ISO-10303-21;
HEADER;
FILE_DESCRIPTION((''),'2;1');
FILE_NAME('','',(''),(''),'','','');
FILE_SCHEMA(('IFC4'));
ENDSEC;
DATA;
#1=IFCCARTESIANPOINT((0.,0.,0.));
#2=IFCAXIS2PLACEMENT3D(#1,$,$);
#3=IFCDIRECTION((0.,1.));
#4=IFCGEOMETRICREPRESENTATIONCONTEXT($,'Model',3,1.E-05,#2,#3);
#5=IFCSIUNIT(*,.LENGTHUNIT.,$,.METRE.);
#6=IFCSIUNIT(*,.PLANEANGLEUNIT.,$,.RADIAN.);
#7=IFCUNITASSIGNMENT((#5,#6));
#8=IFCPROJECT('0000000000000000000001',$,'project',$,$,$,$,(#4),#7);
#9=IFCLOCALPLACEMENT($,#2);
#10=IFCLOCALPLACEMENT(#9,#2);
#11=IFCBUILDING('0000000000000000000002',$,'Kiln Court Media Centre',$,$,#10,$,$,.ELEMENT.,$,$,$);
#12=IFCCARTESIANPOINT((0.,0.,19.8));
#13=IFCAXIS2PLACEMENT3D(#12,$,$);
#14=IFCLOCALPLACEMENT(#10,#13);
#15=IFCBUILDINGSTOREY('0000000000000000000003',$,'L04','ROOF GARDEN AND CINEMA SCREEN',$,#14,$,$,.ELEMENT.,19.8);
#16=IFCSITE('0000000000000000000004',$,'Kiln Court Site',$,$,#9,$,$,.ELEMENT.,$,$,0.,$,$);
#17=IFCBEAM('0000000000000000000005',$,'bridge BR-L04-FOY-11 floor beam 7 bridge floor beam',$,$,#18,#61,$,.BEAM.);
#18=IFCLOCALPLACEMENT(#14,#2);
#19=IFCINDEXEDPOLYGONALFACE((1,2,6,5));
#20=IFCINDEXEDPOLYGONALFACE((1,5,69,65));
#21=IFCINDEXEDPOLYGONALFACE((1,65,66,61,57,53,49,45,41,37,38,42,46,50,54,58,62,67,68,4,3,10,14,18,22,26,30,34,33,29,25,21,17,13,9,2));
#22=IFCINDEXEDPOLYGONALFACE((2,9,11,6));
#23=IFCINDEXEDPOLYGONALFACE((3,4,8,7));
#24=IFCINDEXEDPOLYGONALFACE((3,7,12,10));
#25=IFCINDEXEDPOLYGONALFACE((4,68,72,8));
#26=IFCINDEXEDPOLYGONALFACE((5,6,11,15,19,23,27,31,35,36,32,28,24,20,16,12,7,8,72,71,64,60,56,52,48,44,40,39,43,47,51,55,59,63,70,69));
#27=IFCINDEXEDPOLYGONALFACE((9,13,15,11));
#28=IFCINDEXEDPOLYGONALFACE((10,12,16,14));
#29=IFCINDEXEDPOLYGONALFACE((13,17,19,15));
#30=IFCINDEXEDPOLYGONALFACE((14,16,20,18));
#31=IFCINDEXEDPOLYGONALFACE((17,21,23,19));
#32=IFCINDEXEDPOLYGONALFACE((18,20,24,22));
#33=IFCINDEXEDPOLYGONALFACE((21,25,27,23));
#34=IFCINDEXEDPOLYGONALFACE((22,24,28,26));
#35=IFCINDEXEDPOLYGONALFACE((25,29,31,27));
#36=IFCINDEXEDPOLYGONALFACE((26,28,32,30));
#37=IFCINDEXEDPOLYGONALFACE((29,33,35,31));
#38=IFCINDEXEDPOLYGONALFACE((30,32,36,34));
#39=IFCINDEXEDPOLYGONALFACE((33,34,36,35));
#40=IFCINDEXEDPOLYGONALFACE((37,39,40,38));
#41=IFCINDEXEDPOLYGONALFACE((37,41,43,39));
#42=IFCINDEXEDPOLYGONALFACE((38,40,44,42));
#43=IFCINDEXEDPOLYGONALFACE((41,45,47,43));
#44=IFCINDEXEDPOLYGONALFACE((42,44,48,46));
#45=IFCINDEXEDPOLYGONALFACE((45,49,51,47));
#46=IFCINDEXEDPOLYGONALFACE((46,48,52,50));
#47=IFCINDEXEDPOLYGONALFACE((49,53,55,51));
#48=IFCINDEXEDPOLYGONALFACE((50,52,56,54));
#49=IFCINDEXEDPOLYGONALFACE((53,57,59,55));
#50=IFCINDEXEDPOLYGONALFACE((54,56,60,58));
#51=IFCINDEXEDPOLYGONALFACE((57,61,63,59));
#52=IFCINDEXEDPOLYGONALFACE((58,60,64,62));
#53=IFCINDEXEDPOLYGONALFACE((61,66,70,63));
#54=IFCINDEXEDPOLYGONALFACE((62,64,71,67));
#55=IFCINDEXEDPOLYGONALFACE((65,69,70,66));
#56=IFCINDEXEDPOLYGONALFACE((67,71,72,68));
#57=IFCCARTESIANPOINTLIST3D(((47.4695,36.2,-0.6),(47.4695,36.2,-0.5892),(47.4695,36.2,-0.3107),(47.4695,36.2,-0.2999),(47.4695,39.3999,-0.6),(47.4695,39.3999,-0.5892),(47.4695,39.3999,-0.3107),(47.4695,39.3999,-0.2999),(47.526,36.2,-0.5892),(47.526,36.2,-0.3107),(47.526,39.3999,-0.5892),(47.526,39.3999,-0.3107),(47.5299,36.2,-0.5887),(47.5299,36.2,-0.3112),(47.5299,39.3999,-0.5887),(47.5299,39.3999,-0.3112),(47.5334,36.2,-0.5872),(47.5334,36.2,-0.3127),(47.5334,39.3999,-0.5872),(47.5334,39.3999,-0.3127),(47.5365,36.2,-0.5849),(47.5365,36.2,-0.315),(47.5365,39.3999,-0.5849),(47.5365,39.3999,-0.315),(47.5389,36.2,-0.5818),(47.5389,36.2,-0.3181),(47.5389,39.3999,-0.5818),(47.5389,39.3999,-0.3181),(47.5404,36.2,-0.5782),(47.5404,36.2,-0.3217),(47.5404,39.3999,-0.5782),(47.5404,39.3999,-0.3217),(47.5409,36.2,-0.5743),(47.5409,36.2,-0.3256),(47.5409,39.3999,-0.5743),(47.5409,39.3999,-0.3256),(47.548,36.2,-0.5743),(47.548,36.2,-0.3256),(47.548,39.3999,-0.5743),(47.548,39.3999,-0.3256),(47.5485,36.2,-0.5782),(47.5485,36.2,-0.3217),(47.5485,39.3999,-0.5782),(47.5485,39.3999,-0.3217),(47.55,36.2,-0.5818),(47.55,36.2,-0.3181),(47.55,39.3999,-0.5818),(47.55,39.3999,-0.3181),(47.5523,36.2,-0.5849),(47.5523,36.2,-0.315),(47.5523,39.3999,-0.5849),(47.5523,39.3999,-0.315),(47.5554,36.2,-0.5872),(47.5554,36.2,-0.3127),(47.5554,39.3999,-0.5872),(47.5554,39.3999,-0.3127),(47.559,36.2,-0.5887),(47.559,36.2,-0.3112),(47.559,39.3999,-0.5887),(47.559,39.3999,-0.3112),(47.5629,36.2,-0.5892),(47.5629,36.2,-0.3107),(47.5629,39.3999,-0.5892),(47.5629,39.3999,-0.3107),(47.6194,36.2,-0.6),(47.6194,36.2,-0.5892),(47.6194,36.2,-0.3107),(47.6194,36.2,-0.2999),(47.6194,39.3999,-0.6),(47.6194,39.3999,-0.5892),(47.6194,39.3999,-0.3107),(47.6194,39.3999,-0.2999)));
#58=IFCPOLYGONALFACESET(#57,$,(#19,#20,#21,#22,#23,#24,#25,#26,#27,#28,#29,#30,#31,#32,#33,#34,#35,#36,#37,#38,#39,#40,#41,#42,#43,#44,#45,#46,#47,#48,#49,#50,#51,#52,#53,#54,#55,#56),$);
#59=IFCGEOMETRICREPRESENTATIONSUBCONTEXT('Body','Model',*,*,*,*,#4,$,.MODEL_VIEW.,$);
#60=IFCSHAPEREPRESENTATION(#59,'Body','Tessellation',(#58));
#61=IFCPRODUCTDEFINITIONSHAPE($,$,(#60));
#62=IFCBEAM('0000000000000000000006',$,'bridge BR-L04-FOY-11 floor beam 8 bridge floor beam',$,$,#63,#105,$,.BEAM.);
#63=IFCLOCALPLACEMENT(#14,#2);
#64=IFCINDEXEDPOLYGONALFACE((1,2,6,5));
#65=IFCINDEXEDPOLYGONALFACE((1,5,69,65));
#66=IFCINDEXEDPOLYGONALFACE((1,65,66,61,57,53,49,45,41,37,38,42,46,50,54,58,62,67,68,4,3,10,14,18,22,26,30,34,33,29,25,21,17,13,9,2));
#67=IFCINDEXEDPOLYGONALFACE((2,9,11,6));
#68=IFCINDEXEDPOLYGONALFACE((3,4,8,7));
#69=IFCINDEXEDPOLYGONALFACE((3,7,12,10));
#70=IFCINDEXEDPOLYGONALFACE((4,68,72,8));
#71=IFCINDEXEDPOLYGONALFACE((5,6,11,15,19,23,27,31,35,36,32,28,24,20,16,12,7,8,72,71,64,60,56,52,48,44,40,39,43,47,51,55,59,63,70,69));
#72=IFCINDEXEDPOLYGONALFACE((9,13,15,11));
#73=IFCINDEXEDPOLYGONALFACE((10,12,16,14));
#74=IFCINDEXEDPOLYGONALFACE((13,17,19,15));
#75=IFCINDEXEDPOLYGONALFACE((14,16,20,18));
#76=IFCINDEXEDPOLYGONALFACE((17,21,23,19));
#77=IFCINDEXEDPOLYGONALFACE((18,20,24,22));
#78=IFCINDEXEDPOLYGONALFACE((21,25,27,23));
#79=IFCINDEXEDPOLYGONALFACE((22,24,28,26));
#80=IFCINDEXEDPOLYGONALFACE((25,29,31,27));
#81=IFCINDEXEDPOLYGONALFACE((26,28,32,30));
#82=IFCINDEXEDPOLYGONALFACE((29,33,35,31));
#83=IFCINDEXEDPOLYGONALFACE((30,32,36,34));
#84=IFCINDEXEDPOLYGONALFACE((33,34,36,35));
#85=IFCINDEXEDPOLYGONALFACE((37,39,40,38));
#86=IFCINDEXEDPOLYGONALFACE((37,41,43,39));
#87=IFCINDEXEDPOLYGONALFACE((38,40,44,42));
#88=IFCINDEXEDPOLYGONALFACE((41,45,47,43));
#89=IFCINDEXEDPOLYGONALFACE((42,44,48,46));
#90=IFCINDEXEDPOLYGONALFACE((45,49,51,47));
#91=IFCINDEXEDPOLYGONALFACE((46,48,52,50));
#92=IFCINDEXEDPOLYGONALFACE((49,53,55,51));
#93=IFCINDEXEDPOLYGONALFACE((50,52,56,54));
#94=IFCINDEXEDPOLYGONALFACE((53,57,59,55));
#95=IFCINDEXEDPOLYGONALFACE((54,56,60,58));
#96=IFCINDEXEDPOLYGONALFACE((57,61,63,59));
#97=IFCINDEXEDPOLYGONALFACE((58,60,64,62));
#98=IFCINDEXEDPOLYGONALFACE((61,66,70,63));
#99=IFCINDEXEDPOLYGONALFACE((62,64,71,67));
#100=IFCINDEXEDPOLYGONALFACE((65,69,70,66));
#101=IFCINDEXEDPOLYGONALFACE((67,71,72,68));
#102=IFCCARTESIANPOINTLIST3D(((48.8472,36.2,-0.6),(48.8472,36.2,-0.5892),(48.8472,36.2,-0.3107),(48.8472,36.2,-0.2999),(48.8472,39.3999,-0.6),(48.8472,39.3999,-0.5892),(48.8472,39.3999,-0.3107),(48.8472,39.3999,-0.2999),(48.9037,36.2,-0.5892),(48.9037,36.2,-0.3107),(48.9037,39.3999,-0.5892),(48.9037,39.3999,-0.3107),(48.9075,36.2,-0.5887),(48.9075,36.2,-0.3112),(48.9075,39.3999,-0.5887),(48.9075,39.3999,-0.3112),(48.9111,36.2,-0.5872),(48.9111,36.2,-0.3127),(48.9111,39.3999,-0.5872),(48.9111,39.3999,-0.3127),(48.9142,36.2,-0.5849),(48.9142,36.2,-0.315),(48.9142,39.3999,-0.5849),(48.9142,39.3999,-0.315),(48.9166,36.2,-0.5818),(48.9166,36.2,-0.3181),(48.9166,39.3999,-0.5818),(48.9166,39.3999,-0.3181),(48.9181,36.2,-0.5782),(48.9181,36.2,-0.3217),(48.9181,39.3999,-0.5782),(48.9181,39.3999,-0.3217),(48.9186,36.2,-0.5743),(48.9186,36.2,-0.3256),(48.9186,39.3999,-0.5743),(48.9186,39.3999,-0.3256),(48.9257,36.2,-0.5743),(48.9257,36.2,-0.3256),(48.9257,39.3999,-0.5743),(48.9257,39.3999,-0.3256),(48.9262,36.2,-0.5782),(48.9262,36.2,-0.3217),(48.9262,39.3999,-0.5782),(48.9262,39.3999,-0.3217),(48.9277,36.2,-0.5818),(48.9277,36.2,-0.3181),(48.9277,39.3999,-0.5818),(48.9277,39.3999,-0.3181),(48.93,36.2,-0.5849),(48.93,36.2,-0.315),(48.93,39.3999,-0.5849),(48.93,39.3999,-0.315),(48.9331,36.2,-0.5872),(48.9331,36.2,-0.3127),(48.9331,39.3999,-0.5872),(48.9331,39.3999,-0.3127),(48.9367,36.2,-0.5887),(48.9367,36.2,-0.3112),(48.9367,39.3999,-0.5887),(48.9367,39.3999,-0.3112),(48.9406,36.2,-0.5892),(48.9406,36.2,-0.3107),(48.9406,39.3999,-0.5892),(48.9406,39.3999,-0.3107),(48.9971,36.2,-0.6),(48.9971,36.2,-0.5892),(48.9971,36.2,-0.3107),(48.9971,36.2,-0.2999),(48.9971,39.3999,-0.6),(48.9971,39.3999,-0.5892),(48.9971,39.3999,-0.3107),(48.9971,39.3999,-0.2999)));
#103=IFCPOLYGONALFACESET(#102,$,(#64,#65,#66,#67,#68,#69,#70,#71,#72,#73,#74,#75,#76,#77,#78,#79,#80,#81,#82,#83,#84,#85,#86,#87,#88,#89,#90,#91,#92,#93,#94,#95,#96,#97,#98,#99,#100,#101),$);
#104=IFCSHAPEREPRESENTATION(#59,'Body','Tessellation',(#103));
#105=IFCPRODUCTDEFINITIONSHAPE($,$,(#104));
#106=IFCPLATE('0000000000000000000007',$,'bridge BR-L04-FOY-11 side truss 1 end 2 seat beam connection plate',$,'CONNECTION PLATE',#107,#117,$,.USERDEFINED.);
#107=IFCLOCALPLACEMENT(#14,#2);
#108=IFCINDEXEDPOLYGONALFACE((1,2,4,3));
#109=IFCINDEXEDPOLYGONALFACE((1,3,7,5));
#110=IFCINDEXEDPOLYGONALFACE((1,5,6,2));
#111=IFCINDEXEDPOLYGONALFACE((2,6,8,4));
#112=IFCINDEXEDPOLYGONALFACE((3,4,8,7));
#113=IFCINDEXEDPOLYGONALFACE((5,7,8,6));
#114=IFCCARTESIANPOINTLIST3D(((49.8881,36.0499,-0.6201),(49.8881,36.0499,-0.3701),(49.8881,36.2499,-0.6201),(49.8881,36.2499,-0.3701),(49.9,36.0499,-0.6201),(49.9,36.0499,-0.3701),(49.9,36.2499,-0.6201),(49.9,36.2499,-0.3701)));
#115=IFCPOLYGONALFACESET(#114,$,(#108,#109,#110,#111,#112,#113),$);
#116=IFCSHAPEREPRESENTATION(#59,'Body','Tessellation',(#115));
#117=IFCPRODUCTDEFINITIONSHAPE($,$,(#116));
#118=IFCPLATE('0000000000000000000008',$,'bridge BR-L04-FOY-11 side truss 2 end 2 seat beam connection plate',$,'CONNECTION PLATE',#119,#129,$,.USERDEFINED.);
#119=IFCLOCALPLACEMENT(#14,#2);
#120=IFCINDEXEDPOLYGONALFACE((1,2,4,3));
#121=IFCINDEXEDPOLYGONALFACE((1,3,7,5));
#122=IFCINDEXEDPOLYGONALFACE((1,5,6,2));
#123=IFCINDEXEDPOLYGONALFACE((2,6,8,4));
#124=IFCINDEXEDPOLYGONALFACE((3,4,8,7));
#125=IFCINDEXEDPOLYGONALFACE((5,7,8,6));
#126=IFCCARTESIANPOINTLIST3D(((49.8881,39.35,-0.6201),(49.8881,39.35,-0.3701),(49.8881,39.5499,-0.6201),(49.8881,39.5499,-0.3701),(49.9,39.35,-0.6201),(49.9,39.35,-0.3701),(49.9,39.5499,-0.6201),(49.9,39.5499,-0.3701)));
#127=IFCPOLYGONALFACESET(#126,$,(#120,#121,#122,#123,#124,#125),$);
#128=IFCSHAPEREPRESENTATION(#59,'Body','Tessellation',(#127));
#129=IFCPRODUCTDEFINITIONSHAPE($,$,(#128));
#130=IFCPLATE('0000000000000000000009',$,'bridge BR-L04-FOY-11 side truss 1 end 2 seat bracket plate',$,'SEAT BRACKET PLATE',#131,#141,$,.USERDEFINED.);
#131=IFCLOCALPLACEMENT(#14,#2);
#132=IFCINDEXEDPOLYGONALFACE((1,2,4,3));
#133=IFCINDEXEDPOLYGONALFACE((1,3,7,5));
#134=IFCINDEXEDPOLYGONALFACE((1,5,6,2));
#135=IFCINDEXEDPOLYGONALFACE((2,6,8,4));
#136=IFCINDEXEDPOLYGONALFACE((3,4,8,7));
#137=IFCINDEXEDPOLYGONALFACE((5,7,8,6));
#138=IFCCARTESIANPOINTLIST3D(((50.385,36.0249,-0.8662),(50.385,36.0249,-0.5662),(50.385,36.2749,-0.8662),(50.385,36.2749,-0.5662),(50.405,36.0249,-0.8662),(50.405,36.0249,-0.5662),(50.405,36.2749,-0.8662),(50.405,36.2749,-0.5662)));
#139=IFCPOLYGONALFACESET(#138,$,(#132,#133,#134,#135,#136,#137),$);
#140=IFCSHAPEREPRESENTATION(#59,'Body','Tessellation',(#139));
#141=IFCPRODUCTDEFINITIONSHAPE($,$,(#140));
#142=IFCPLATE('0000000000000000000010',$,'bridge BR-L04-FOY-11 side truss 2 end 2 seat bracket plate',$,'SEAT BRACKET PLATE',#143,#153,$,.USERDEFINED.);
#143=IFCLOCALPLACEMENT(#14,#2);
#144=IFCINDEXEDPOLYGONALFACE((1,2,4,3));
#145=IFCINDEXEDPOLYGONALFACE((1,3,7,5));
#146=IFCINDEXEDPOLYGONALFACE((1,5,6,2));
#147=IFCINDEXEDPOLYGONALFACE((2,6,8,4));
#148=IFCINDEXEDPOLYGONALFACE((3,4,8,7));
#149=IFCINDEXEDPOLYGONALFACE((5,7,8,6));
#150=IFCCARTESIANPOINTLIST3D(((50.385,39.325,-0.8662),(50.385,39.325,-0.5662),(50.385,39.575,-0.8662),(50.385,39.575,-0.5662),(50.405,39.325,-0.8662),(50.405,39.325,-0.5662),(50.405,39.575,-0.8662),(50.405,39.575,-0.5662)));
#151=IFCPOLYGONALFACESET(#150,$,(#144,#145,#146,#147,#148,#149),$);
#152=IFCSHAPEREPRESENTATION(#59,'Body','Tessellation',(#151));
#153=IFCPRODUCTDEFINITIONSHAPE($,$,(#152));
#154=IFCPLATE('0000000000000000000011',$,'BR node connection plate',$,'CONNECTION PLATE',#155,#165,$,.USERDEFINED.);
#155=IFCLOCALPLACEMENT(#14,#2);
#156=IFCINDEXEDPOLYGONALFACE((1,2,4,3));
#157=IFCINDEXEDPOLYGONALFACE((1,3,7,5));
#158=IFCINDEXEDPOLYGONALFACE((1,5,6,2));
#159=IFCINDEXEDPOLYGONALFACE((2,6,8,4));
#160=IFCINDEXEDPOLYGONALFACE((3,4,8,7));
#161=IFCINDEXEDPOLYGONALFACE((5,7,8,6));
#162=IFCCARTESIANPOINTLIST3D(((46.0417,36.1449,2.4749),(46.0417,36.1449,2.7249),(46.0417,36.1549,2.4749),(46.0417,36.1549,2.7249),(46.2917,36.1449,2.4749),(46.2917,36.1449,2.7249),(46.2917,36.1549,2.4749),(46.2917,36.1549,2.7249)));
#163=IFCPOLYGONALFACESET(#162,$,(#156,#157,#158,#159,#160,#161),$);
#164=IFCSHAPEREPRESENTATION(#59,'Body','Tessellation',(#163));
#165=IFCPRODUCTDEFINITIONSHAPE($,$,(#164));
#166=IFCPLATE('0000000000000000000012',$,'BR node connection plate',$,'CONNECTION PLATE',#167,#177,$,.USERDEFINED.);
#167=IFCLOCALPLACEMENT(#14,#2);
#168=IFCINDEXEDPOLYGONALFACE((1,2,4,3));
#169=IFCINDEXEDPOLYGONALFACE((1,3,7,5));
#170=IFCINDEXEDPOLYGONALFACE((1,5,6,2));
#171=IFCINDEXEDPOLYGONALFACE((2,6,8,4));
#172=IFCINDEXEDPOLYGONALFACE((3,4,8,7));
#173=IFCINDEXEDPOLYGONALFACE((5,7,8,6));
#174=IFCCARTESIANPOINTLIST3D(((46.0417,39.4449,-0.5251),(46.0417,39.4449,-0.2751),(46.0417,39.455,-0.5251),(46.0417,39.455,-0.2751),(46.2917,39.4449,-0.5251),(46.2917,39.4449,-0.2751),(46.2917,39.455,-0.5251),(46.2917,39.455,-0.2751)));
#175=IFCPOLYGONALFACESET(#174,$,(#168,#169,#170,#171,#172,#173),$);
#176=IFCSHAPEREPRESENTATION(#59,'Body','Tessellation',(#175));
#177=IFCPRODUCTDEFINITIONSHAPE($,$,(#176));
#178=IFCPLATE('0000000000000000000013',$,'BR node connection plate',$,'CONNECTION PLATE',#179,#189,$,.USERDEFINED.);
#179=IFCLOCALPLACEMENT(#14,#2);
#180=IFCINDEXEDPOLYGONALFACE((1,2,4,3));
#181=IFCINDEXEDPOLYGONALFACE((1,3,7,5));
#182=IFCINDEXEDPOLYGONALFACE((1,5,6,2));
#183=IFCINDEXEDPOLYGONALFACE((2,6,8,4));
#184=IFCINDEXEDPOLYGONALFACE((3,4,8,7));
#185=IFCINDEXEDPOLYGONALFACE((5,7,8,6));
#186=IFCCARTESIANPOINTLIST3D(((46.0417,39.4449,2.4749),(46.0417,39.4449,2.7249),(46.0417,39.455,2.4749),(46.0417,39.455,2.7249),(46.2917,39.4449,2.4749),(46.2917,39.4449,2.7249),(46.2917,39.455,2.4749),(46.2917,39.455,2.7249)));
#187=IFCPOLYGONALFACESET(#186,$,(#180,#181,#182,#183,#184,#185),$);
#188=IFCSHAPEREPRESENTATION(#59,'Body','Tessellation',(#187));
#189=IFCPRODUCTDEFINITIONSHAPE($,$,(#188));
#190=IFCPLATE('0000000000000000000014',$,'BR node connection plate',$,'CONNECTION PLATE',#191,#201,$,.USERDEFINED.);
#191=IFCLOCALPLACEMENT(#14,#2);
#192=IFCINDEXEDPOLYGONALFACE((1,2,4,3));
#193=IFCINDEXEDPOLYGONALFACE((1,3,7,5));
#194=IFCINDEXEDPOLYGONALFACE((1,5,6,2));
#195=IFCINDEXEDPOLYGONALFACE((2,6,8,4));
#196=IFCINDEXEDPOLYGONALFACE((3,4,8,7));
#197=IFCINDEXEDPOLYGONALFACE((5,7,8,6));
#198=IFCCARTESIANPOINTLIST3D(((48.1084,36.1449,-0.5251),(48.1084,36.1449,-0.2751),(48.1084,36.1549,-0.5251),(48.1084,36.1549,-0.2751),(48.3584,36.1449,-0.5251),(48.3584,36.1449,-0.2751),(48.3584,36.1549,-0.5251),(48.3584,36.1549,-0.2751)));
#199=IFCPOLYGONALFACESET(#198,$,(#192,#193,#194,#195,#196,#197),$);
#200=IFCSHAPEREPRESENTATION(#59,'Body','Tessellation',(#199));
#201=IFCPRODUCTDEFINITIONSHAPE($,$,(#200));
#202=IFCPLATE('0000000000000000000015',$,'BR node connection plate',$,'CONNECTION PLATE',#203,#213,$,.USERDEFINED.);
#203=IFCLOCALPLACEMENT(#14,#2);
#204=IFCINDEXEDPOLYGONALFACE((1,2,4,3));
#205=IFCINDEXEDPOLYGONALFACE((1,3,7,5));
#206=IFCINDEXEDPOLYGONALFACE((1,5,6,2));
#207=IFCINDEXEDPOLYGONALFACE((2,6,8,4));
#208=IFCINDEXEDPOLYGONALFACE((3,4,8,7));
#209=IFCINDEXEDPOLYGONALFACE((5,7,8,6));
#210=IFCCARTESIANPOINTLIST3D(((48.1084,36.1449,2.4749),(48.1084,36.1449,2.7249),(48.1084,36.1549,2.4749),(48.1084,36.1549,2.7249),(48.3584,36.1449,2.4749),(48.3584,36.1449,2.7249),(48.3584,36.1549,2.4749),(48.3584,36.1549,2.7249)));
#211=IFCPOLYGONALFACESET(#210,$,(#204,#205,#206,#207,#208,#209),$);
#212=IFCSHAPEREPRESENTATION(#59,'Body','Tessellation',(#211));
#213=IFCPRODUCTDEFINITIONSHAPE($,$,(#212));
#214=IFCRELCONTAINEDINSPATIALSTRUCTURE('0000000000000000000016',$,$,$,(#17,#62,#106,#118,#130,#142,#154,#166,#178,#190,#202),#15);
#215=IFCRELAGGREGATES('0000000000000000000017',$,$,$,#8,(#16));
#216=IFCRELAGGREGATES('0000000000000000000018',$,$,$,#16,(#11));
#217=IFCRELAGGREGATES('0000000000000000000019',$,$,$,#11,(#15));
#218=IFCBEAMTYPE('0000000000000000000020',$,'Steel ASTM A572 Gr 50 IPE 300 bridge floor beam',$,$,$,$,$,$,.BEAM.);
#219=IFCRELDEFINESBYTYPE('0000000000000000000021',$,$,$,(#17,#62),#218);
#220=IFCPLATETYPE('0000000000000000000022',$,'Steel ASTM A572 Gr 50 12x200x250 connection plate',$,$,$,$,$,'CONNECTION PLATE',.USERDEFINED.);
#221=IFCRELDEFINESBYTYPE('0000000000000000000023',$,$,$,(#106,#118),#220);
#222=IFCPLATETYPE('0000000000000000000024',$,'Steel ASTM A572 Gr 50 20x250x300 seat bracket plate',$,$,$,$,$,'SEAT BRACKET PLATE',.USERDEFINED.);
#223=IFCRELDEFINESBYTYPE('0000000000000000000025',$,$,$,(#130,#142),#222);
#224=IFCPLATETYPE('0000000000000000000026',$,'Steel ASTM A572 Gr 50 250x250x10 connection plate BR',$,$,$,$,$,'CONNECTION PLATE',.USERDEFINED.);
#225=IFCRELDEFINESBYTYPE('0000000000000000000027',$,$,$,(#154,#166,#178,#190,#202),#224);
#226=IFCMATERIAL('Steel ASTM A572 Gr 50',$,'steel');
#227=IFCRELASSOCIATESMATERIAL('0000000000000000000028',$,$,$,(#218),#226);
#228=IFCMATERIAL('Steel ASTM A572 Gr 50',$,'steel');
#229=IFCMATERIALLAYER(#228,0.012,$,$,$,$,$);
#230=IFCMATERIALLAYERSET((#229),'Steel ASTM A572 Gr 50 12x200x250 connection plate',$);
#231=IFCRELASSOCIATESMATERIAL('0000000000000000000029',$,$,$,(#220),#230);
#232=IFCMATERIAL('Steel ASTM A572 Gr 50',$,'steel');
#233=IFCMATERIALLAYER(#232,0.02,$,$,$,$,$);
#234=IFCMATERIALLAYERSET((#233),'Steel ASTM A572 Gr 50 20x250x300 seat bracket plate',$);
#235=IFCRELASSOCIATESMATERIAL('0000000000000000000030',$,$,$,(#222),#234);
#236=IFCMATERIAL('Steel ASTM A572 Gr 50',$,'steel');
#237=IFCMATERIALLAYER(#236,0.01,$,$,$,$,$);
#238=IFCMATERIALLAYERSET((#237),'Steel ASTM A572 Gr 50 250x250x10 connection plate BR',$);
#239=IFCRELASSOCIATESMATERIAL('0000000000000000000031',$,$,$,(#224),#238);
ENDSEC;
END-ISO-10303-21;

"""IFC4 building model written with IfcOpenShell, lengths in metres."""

from ifc_helpers import new_model, si_unit, direction, frame, origin, origin_2d, place, context, subcontext, project, spatial, rectangle, i_section, extrude, material, layer, layer_set, material_profile, profile_set, type_object, element, save


model = new_model("IFC4")

# Units and contexts
model_context = context("Model", 3, precision=1e-05, world=origin(), true_north=direction((0.0, 1.0)))
body_context = subcontext(model_context, "Body", "Model", "MODEL_VIEW")
ifc_project = project(units=[si_unit("LENGTHUNIT", "METRE"), si_unit("PLANEANGLEUNIT", "RADIAN")], contexts=[model_context])

# Site, building, storey
site_placement = place(None, origin())
site = spatial("IfcSite", under=ifc_project, at=site_placement, Name="Kiln Court Site", CompositionType="ELEMENT", RefElevation=0.0)
building_placement = place(site_placement, origin())
building = spatial("IfcBuilding", under=site, at=building_placement, Name="Kiln Court Media Centre", CompositionType="ELEMENT")
storey_placement = place(building_placement, frame((0.0, 0.0, 19.8)))
storey = spatial("IfcBuildingStorey", under=building, at=storey_placement, Name="L04", Description="ROOF GARDEN AND CINEMA SCREEN", CompositionType="ELEMENT", Elevation=19.8)

# Beams
ifc_material_1 = material(Name="Steel ASTM A572 Gr 50", Category="steel")
ifc_material_profile_1 = material_profile(ifc_material_1, i_section(OverallWidth=0.1499, OverallDepth=0.3, WebThickness=0.0071, FlangeThickness=0.0107, FilletRadius=0.0149, at=origin_2d()), Name="IPE 300")
ifc_profile_set_1 = profile_set([ifc_material_profile_1], Name="Steel ASTM A572 Gr 50")
beam_type = type_object("IfcBeamType", Name="Steel ASTM A572 Gr 50 IPE 300 bridge floor beam", PredefinedType="BEAM", material=ifc_profile_set_1)
for number, where, z_axis, x_axis, name in (
    (1, (47.5444, 36.2, -0.45), (0.0, 1.0, 0.0), (-1.0, 0.0, 0.0), "bridge BR-L04-FOY-11 floor beam 7 bridge floor beam"),
    (2, (48.9221, 36.2, -0.45), (0.0, 1.0, 0.0), (-1.0, 0.0, 0.0), "bridge BR-L04-FOY-11 floor beam 8 bridge floor beam"),
):
    element("IfcBeam", number, at=place(storey_placement, frame(where, z_axis=z_axis, x_axis=x_axis)), inside=storey, type_object=beam_type, Name=name, PredefinedType="BEAM", context=body_context, shape_type="SweptSolid", body=[
        extrude(i_section(OverallWidth=0.1499, OverallDepth=0.3, WebThickness=0.0071, FlangeThickness=0.0107, FilletRadius=0.0149, at=origin_2d()), origin(), (0.0, 0.0, 1.0), 3.2),
    ])

# Plates
ifc_material_2 = material(Name="Steel ASTM A572 Gr 50", Category="steel")
ifc_layer_1 = layer(ifc_material_2, 0.012)
ifc_layer_set_1 = layer_set([ifc_layer_1], Name="Steel ASTM A572 Gr 50 12x200x250 connection plate")
plate_type_1 = type_object("IfcPlateType", Name="Steel ASTM A572 Gr 50 12x200x250 connection plate", ElementType="CONNECTION PLATE", PredefinedType="USERDEFINED", material=ifc_layer_set_1)
for number, where, z_axis, x_axis, name in (
    (3, (49.894, 36.1499, -0.6201), (0.0, 0.0, 1.0), (1.0, 0.0, 0.0), "bridge BR-L04-FOY-11 side truss 1 end 2 seat beam connection plate"),
    (4, (49.894, 39.45, -0.6201), (0.0, 0.0, 1.0), (1.0, 0.0, 0.0), "bridge BR-L04-FOY-11 side truss 2 end 2 seat beam connection plate"),
):
    element("IfcPlate", number, at=place(storey_placement, frame(where, z_axis=z_axis, x_axis=x_axis)), inside=storey, type_object=plate_type_1, Name=name, ObjectType="CONNECTION PLATE", PredefinedType="USERDEFINED", context=body_context, shape_type="SweptSolid", body=[
        extrude(rectangle(XDim=0.012, YDim=0.2, at=origin_2d()), origin(), (0.0, 0.0, 1.0), 0.25),
    ])
ifc_material_3 = material(Name="Steel ASTM A572 Gr 50", Category="steel")
ifc_layer_2 = layer(ifc_material_3, 0.02)
ifc_layer_set_2 = layer_set([ifc_layer_2], Name="Steel ASTM A572 Gr 50 20x250x300 seat bracket plate")
plate_type_2 = type_object("IfcPlateType", Name="Steel ASTM A572 Gr 50 20x250x300 seat bracket plate", ElementType="SEAT BRACKET PLATE", PredefinedType="USERDEFINED", material=ifc_layer_set_2)
for number, where, z_axis, x_axis, name in (
    (5, (50.395, 36.1499, -0.8662), (0.0, 0.0, 1.0), (1.0, 0.0, 0.0), "bridge BR-L04-FOY-11 side truss 1 end 2 seat bracket plate"),
    (6, (50.395, 39.45, -0.8662), (0.0, 0.0, 1.0), (1.0, 0.0, 0.0), "bridge BR-L04-FOY-11 side truss 2 end 2 seat bracket plate"),
):
    element("IfcPlate", number, at=place(storey_placement, frame(where, z_axis=z_axis, x_axis=x_axis)), inside=storey, type_object=plate_type_2, Name=name, ObjectType="SEAT BRACKET PLATE", PredefinedType="USERDEFINED", context=body_context, shape_type="SweptSolid", body=[
        extrude(rectangle(XDim=0.02, YDim=0.25, at=origin_2d()), origin(), (0.0, 0.0, 1.0), 0.3),
    ])
ifc_material_4 = material(Name="Steel ASTM A572 Gr 50", Category="steel")
ifc_layer_3 = layer(ifc_material_4, 0.01)
ifc_layer_set_3 = layer_set([ifc_layer_3], Name="Steel ASTM A572 Gr 50 250x250x10 connection plate BR")
plate_type_3 = type_object("IfcPlateType", Name="Steel ASTM A572 Gr 50 250x250x10 connection plate BR", ElementType="CONNECTION PLATE", PredefinedType="USERDEFINED", material=ifc_layer_set_3)
for number, where, z_axis, x_axis, name in (
    (7, (46.1667, 36.1499, 2.4749), (0.0, 0.0, 1.0), (1.0, 0.0, 0.0), "BR node connection plate"),
    (8, (46.1667, 39.45, -0.5251), (0.0, 0.0, 1.0), (1.0, 0.0, 0.0), "BR node connection plate"),
    (9, (46.1667, 39.45, 2.4749), (0.0, 0.0, 1.0), (1.0, 0.0, 0.0), "BR node connection plate"),
    (10, (48.2334, 36.1499, -0.5251), (0.0, 0.0, 1.0), (1.0, 0.0, 0.0), "BR node connection plate"),
    (11, (48.2334, 36.1499, 2.4749), (0.0, 0.0, 1.0), (1.0, 0.0, 0.0), "BR node connection plate"),
):
    element("IfcPlate", number, at=place(storey_placement, frame(where, z_axis=z_axis, x_axis=x_axis)), inside=storey, type_object=plate_type_3, Name=name, ObjectType="CONNECTION PLATE", PredefinedType="USERDEFINED", context=body_context, shape_type="SweptSolid", body=[
        extrude(rectangle(XDim=0.25, YDim=0.01, at=origin_2d()), origin(), (0.0, 0.0, 1.0), 0.25),
    ])

save(model, "model.ifc")
